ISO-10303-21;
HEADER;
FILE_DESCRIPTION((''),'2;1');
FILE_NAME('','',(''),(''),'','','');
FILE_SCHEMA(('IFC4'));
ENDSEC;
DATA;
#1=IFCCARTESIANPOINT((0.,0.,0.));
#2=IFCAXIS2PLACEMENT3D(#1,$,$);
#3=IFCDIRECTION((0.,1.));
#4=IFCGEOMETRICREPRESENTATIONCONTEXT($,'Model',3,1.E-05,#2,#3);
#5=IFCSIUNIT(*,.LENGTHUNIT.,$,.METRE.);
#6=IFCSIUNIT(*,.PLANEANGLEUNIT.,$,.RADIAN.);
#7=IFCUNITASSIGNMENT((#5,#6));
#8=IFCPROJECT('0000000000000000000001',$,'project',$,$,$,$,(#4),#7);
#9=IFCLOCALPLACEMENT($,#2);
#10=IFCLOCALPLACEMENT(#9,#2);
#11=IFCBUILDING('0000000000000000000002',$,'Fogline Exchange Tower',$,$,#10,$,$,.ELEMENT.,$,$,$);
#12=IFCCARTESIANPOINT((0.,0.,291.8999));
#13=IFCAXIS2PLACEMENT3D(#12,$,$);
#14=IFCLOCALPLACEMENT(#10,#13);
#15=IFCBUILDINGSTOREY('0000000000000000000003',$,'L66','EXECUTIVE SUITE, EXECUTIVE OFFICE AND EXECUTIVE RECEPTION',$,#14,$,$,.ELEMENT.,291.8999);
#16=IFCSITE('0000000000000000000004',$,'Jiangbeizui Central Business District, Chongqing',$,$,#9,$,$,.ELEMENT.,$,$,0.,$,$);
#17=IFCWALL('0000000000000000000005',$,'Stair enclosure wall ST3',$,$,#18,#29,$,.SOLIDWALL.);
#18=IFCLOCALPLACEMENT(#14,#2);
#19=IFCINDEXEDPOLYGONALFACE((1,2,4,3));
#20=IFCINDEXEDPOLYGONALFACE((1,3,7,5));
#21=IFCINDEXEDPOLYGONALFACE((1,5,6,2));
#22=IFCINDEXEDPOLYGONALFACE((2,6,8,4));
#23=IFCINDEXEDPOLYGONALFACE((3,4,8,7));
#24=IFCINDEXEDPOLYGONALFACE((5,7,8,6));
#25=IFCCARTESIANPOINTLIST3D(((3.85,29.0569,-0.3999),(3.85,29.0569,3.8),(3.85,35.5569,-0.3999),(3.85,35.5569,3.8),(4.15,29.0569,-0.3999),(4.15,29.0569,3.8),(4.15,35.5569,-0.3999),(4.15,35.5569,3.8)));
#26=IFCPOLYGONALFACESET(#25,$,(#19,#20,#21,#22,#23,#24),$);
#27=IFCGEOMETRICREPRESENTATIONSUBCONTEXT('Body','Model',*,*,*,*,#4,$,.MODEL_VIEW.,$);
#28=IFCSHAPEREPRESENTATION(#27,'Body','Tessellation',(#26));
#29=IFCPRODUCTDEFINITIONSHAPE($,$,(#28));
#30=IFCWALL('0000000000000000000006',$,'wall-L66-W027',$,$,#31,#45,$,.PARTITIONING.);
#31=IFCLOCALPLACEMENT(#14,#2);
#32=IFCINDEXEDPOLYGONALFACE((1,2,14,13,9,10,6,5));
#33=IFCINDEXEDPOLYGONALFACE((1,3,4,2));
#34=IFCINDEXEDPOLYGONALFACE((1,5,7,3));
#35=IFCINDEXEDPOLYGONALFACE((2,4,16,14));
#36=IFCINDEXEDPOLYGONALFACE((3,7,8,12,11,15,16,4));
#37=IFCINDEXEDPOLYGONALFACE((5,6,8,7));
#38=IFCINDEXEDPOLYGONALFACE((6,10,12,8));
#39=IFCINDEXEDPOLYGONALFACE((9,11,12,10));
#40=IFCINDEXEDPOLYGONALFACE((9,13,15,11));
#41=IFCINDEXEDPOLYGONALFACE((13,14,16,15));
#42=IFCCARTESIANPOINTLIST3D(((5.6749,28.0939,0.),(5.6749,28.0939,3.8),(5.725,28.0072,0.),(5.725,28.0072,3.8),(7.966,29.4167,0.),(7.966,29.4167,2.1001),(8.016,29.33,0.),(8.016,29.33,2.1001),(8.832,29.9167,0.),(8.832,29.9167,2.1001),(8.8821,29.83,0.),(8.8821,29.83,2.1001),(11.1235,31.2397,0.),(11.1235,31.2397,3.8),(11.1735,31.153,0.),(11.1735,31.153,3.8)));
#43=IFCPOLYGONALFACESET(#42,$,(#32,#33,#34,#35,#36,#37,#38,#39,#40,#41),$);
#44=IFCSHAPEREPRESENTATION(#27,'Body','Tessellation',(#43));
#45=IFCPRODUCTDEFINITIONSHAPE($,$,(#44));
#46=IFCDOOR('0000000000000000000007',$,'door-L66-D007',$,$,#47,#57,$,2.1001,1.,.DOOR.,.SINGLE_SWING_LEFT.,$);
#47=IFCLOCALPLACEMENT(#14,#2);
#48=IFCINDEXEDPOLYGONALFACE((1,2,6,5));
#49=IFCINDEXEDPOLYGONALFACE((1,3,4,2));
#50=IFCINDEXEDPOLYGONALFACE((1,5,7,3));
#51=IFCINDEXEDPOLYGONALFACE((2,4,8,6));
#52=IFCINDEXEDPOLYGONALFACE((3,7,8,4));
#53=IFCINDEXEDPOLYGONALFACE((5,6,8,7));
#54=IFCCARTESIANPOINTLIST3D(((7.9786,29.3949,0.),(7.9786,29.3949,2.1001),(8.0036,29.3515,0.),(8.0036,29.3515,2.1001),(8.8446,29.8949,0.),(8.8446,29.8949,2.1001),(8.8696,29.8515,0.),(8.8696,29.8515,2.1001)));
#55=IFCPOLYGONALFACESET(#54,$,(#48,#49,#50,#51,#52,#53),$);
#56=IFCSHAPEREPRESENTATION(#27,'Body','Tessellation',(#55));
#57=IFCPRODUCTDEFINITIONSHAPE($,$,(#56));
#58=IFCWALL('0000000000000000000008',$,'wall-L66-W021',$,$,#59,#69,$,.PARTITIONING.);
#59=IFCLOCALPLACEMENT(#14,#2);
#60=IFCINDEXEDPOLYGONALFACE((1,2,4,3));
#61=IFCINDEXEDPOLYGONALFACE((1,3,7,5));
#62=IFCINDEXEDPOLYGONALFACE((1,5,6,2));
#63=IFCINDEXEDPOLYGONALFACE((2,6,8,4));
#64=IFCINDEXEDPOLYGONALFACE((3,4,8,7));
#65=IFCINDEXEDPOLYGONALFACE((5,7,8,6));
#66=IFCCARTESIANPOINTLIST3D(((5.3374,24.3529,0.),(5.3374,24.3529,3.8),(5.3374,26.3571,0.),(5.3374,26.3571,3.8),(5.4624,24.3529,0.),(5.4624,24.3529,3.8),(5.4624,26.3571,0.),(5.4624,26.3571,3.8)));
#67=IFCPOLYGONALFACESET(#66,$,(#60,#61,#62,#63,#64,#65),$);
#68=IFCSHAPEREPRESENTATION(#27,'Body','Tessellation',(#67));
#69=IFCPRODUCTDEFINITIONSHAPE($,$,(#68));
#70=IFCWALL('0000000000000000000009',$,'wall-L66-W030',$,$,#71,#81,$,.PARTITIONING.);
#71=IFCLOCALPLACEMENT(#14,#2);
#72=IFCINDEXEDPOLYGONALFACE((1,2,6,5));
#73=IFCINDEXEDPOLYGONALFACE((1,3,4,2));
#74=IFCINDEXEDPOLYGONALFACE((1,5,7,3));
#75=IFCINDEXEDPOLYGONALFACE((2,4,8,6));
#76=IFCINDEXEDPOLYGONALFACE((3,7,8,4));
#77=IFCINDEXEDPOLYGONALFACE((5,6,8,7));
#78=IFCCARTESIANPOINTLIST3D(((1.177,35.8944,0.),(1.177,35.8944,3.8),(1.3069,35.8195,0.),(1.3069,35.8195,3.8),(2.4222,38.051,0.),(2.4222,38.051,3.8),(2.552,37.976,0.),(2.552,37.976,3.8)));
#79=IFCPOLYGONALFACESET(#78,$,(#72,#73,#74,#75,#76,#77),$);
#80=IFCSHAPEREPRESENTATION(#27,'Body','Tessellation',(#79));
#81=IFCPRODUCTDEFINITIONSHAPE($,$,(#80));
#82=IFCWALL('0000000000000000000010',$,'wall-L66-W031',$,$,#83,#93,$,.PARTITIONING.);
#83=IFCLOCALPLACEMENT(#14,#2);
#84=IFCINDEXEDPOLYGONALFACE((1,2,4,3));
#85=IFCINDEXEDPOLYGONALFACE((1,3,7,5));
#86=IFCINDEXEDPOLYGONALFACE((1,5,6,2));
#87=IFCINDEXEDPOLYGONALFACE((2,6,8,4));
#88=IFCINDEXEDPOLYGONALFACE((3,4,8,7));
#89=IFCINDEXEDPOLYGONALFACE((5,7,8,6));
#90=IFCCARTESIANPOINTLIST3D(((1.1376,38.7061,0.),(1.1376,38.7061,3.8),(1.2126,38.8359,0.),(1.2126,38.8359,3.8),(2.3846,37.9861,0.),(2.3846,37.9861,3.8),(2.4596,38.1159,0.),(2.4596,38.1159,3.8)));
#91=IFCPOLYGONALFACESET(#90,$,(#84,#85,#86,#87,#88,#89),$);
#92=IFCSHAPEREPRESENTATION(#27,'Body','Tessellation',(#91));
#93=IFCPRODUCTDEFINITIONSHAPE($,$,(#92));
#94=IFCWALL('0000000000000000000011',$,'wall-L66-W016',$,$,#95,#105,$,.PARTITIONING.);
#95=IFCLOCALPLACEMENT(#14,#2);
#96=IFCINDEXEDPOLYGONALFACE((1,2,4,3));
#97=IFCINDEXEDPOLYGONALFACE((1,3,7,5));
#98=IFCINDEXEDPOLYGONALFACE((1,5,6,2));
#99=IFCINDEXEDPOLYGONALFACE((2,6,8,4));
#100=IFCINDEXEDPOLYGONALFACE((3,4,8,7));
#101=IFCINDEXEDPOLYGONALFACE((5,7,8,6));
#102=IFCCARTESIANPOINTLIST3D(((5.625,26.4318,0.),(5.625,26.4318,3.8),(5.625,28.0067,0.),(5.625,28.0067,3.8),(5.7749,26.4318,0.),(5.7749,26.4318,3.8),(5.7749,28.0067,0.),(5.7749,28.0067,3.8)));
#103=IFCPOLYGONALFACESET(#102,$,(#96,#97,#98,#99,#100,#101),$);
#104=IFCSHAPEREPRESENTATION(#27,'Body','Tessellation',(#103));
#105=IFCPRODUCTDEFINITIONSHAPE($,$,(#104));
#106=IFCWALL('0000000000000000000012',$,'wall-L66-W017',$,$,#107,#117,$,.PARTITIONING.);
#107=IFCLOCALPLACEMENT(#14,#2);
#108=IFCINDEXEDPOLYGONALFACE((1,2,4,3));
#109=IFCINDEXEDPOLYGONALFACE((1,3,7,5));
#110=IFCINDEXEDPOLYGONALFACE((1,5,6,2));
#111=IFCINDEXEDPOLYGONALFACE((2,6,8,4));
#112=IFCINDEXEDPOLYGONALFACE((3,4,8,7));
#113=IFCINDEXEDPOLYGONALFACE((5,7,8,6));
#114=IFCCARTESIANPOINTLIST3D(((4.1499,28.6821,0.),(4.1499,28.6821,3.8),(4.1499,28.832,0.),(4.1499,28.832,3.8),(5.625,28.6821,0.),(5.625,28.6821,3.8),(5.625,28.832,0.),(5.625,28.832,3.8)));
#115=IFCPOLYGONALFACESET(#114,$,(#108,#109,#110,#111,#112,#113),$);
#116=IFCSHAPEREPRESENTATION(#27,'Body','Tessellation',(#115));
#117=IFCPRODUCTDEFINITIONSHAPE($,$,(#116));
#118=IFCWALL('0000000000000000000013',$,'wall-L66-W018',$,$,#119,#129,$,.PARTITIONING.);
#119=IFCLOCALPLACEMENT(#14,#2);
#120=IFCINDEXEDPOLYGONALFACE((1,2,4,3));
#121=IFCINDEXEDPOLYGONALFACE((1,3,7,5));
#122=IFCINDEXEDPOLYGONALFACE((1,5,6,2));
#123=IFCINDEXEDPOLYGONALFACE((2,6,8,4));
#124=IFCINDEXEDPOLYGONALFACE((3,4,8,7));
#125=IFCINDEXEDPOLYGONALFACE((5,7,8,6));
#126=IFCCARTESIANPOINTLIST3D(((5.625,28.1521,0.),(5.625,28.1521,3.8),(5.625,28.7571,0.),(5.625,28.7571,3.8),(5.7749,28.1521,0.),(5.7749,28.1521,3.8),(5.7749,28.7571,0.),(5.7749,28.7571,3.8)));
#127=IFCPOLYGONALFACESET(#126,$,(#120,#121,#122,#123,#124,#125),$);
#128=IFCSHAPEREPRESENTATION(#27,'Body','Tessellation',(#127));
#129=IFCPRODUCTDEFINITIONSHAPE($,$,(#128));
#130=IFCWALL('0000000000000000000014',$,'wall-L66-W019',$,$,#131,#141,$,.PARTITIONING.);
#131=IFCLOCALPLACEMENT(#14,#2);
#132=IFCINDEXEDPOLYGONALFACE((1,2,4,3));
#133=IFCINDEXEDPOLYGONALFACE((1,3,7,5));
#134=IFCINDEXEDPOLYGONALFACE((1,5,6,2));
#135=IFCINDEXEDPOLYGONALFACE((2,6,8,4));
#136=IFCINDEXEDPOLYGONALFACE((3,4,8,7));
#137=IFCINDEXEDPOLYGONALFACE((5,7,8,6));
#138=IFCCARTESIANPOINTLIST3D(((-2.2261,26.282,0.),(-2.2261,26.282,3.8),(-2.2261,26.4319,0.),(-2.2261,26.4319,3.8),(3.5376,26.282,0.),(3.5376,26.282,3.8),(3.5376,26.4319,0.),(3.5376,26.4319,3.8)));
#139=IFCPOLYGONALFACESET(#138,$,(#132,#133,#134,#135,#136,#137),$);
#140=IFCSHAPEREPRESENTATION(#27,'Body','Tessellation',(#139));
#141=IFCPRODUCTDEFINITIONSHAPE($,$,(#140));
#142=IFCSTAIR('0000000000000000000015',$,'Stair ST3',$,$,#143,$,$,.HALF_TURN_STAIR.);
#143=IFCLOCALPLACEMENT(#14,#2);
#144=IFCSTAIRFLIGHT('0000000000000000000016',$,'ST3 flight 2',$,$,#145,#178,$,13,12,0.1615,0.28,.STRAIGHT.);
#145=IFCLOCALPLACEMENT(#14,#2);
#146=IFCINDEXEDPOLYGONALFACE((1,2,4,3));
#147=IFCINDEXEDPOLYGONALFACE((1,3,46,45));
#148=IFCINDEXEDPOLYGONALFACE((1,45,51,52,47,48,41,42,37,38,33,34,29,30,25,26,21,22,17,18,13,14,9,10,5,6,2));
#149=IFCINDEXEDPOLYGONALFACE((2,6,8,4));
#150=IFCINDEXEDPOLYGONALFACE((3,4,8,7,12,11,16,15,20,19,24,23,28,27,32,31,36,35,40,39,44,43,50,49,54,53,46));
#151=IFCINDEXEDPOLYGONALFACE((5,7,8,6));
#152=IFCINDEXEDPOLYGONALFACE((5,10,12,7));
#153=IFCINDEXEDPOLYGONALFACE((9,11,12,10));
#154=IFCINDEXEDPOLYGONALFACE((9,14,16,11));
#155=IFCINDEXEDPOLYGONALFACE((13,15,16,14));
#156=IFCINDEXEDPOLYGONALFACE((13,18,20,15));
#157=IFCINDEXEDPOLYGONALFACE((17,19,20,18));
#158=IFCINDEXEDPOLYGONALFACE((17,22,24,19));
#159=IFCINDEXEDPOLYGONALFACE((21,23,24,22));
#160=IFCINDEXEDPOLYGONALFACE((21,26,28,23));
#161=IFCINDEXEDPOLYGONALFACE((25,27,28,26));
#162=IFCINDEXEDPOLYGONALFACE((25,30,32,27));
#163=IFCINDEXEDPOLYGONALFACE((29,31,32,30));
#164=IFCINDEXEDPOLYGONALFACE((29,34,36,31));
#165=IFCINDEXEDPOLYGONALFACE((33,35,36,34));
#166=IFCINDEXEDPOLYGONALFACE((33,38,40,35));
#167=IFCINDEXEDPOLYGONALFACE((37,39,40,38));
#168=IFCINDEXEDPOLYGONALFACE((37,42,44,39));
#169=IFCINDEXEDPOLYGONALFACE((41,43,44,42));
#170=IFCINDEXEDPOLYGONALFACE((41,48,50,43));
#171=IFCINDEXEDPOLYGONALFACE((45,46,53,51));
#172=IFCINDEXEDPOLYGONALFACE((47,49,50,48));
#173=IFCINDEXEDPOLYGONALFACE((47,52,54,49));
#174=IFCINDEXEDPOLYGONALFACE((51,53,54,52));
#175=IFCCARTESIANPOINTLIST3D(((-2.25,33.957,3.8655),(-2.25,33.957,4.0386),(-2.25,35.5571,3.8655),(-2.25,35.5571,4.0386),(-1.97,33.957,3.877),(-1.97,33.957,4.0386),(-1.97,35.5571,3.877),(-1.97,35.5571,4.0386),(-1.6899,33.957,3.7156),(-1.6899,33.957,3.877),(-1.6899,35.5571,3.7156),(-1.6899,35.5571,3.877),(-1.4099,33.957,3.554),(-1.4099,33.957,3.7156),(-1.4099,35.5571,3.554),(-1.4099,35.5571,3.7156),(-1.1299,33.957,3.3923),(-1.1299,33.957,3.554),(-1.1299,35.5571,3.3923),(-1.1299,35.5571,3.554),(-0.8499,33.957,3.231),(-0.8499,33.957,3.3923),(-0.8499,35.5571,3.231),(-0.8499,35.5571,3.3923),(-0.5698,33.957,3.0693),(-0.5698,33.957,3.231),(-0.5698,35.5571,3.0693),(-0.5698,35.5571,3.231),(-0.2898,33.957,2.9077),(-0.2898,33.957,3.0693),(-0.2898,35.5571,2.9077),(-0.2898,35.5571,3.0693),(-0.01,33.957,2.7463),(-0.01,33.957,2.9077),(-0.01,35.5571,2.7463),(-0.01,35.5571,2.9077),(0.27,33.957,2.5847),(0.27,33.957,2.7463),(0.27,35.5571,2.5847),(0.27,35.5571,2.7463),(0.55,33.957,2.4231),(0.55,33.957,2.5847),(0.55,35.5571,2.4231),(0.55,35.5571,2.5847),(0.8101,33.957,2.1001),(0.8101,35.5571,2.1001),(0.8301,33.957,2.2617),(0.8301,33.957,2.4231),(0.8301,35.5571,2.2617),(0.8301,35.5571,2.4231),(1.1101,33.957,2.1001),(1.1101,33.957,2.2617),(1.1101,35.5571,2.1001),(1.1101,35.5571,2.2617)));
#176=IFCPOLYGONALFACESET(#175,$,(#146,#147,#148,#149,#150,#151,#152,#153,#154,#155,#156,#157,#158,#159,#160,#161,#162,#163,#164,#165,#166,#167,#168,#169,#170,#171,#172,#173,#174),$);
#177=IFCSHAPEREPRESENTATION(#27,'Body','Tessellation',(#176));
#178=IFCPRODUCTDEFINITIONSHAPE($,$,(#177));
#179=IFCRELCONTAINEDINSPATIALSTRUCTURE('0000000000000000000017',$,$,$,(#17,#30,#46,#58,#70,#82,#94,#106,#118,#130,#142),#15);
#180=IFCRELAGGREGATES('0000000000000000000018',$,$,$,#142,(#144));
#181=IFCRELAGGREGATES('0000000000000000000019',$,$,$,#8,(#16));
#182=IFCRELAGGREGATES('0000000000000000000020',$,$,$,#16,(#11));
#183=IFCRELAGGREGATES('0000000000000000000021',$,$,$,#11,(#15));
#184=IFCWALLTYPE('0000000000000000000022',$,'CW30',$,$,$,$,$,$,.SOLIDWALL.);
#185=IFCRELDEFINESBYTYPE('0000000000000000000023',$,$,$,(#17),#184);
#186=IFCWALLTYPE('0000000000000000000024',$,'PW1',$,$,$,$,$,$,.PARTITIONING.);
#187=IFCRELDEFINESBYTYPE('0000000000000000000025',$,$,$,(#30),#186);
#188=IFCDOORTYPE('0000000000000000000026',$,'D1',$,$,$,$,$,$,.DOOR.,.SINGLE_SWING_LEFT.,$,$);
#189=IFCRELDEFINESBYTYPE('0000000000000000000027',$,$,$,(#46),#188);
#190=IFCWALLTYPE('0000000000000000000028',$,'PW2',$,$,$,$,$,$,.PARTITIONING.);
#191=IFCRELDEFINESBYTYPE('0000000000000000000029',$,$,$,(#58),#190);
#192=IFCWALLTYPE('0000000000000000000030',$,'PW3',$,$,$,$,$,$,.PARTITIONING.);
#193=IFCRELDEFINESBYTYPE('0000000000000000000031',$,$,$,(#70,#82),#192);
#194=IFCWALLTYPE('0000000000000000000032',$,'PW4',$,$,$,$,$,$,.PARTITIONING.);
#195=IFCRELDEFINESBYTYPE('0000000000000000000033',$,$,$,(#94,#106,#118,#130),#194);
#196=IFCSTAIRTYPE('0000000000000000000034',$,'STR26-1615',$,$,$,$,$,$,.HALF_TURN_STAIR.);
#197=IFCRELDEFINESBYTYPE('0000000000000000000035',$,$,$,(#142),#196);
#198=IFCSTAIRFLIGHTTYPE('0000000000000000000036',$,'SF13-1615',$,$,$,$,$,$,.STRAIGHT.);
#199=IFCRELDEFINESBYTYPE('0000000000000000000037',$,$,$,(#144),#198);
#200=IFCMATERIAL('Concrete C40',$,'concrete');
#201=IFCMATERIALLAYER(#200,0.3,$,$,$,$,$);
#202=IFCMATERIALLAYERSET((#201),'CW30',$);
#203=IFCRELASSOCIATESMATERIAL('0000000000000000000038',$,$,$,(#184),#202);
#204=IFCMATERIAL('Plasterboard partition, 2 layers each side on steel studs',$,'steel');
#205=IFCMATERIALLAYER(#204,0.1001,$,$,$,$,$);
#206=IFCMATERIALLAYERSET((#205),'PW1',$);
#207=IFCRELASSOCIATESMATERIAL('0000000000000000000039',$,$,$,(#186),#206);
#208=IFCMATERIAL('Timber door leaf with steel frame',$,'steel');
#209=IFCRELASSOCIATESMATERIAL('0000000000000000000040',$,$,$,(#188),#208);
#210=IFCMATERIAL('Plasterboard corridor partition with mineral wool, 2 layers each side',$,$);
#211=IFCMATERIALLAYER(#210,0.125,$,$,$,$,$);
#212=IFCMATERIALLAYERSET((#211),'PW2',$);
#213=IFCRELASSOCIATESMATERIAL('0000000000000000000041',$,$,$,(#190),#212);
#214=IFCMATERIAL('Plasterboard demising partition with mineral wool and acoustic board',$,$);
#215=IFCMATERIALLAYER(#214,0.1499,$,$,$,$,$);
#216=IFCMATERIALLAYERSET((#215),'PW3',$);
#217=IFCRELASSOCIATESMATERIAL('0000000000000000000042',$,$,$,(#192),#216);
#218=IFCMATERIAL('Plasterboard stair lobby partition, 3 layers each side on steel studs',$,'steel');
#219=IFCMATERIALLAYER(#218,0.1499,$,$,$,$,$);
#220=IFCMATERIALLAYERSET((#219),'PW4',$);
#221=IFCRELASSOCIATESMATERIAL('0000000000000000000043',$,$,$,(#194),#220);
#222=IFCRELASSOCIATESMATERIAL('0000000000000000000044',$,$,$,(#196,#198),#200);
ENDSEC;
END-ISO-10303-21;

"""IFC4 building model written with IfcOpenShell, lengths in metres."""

from ifc_helpers import new_model, si_unit, direction, frame, frame_2d, origin, place, context, subcontext, project, spatial, polyline, rectangle, outline, extrude, material, layer, layer_set, type_object, element, fill, aggregate, save


model = new_model("IFC4")

# Units and contexts
model_context = context("Model", 3, precision=1e-05, world=origin(), true_north=direction((0.0, 1.0)))
body_context = subcontext(model_context, "Body", "Model", "MODEL_VIEW")
ifc_project = project(units=[si_unit("LENGTHUNIT", "METRE"), si_unit("PLANEANGLEUNIT", "RADIAN")], contexts=[model_context])

# Site, building, storey
site_placement = place(None, origin())
site = spatial("IfcSite", under=ifc_project, at=site_placement, Name="Jiangbeizui Central Business District, Chongqing", CompositionType="ELEMENT", RefElevation=0.0)
building_placement = place(site_placement, origin())
building = spatial("IfcBuilding", under=site, at=building_placement, Name="Fogline Exchange Tower", CompositionType="ELEMENT")
storey_placement = place(building_placement, frame((0.0, 0.0, 291.8999)))
storey = spatial("IfcBuildingStorey", under=building, at=storey_placement, Name="L66", Description="EXECUTIVE SUITE, EXECUTIVE OFFICE AND EXECUTIVE RECEPTION", CompositionType="ELEMENT", Elevation=291.8999)

# Shared definitions
ifc_material_1 = material(Name="Concrete C40", Category="concrete")

# Wall
ifc_layer_1 = layer(ifc_material_1, 0.3)
ifc_layer_set_1 = layer_set([ifc_layer_1], Name="CW30")
wall_type_1 = type_object("IfcWallType", Name="CW30", PredefinedType="SOLIDWALL", material=ifc_layer_set_1)
wall_1_placement = place(storey_placement, frame((4.0, 29.0569, -0.3999), z_axis=(0.0, 0.0, 1.0), x_axis=(0.0, 1.0, 0.0)))
element("IfcWall", 1, at=wall_1_placement, inside=storey, type_object=wall_type_1, Name="Stair enclosure wall ST3", PredefinedType="SOLIDWALL", context=body_context, shape_type="SweptSolid", body=[
    extrude(rectangle(XDim=6.5, YDim=0.3, at=frame_2d((3.25, 0.0))), origin(), (0.0, 0.0, 1.0), 4.2),
])

# Wall, opening, door
ifc_material_2 = material(Name="Plasterboard partition, 2 layers each side on steel studs", Category="steel")
ifc_layer_2 = layer(ifc_material_2, 0.1001)
ifc_layer_set_2 = layer_set([ifc_layer_2], Name="PW1")
wall_type_2 = type_object("IfcWallType", Name="PW1", PredefinedType="PARTITIONING", material=ifc_layer_set_2)
wall_2_placement = place(storey_placement, frame((5.7, 28.0505, 0.0), z_axis=(0.0, 0.0, 1.0), x_axis=(0.866021, 0.500008, 0.0)))
wall_2 = element("IfcWall", 2, at=wall_2_placement, inside=storey, type_object=wall_type_2, Name="wall-L66-W027", PredefinedType="PARTITIONING", context=body_context, shape_type="SweptSolid", body=[
    extrude(rectangle(XDim=6.2915, YDim=0.1001, at=frame_2d((3.1458, 0.0))), origin(), (0.0, 0.0, 1.0), 3.8),
])
opening_1_placement = place(wall_2_placement, frame((2.6455, 0.0, 0.0)))
opening_1 = element("IfcOpeningElement", 3, at=opening_1_placement, cuts=wall_2, PredefinedType="OPENING", context=body_context, shape_type="SweptSolid", body=[
    extrude(rectangle(XDim=1.0, YDim=2.1001, at=frame_2d((0.5, 1.05))), frame((0.0, 0.0601, 0.0), z_axis=(0.0, -1.0, 0.0), x_axis=(1.0, 0.0, 0.0)), (0.0, 0.0, 1.0), 0.1201),
])
ifc_material_3 = material(Name="Timber door leaf with steel frame", Category="steel")
door_type_1 = type_object("IfcDoorType", Name="D1", OperationType="SINGLE_SWING_LEFT", PredefinedType="DOOR", material=ifc_material_3)
door_1_placement = place(opening_1_placement, origin())
door_1 = element("IfcDoor", 4, at=door_1_placement, inside=storey, type_object=door_type_1, Name="door-L66-D007", OperationType="SINGLE_SWING_LEFT", OverallHeight=2.1001, OverallWidth=1.0, PredefinedType="DOOR", context=body_context, shape_type="SweptSolid", body=[
    extrude(rectangle(XDim=1.0, YDim=2.1001, at=frame_2d((0.5, 1.05))), frame((0.0, 0.0249, 0.0), z_axis=(0.0, -1.0, 0.0), x_axis=(1.0, 0.0, 0.0)), (0.0, 0.0, 1.0), 0.05),
])
fill(opening_1, door_1)

# Walls
ifc_material_4 = material(Name="Plasterboard corridor partition with mineral wool, 2 layers each side")
ifc_layer_3 = layer(ifc_material_4, 0.125)
ifc_layer_set_3 = layer_set([ifc_layer_3], Name="PW2")
wall_type_3 = type_object("IfcWallType", Name="PW2", PredefinedType="PARTITIONING", material=ifc_layer_set_3)
wall_3_placement = place(storey_placement, frame((5.3999, 26.3569, 0.0), z_axis=(0.0, 0.0, 1.0), x_axis=(0.0, -1.0, 0.0)))
element("IfcWall", 5, at=wall_3_placement, inside=storey, type_object=wall_type_3, Name="wall-L66-W021", PredefinedType="PARTITIONING", context=body_context, shape_type="SweptSolid", body=[
    extrude(rectangle(XDim=2.0042, YDim=0.125, at=frame_2d((1.002, 0.0))), origin(), (0.0, 0.0, 1.0), 3.8),
])
ifc_material_5 = material(Name="Plasterboard demising partition with mineral wool and acoustic board")
ifc_layer_4 = layer(ifc_material_5, 0.1499)
ifc_layer_set_4 = layer_set([ifc_layer_4], Name="PW3")
wall_type_4 = type_object("IfcWallType", Name="PW3", PredefinedType="PARTITIONING", material=ifc_layer_set_4)
wall_4_placement = place(storey_placement, frame((1.2419, 35.8569, 0.0), z_axis=(0.0, 0.0, 1.0), x_axis=(0.500019, 0.866014, 0.0)))
element("IfcWall", 6, at=wall_4_placement, inside=storey, type_object=wall_type_4, Name="wall-L66-W030", PredefinedType="PARTITIONING", context=body_context, shape_type="SweptSolid", body=[
    extrude(rectangle(XDim=2.4902, YDim=0.1499, at=frame_2d((1.2451, 0.0))), origin(), (0.0, 0.0, 1.0), 3.8),
])
wall_5_placement = place(storey_placement, frame((2.4221, 38.051, 0.0), z_axis=(0.0, 0.0, 1.0), x_axis=(-0.866033, 0.499987, 0.0)))
element("IfcWall", 7, at=wall_5_placement, inside=storey, type_object=wall_type_4, Name="wall-L66-W031", PredefinedType="PARTITIONING", context=body_context, shape_type="SweptSolid", body=[
    extrude(rectangle(XDim=1.4399, YDim=0.1499, at=frame_2d((0.72, 0.0))), origin(), (0.0, 0.0, 1.0), 3.8),
])
ifc_material_6 = material(Name="Plasterboard stair lobby partition, 3 layers each side on steel studs", Category="steel")
ifc_layer_5 = layer(ifc_material_6, 0.1499)
ifc_layer_set_5 = layer_set([ifc_layer_5], Name="PW4")
wall_type_5 = type_object("IfcWallType", Name="PW4", PredefinedType="PARTITIONING", material=ifc_layer_set_5)
wall_6_placement = place(storey_placement, frame((5.7, 28.0068, 0.0), z_axis=(0.0, 0.0, 1.0), x_axis=(0.0, -1.0, 0.0)))
element("IfcWall", 8, at=wall_6_placement, inside=storey, type_object=wall_type_5, Name="wall-L66-W016", PredefinedType="PARTITIONING", context=body_context, shape_type="SweptSolid", body=[
    extrude(rectangle(XDim=1.575, YDim=0.1499, at=frame_2d((0.7876, 0.0))), origin(), (0.0, 0.0, 1.0), 3.8),
])
wall_7_placement = place(storey_placement, frame((4.1499, 28.7571, 0.0), z_axis=(0.0, 0.0, 1.0), x_axis=(1.0, 0.0, 0.0)))
element("IfcWall", 9, at=wall_7_placement, inside=storey, type_object=wall_type_5, Name="wall-L66-W017", PredefinedType="PARTITIONING", context=body_context, shape_type="SweptSolid", body=[
    extrude(rectangle(XDim=1.4751, YDim=0.1499, at=frame_2d((0.7375, 0.0))), origin(), (0.0, 0.0, 1.0), 3.8),
])
wall_8_placement = place(storey_placement, frame((5.7, 28.7571, 0.0), z_axis=(0.0, 0.0, 1.0), x_axis=(0.0, -1.0, 0.0)))
element("IfcWall", 10, at=wall_8_placement, inside=storey, type_object=wall_type_5, Name="wall-L66-W018", PredefinedType="PARTITIONING", context=body_context, shape_type="SweptSolid", body=[
    extrude(rectangle(XDim=0.605, YDim=0.1499, at=frame_2d((0.3025, 0.0))), origin(), (0.0, 0.0, 1.0), 3.8),
])
wall_9_placement = place(storey_placement, frame((3.5376, 26.3569, 0.0), z_axis=(0.0, 0.0, 1.0), x_axis=(-1.0, 0.0, 0.0)))
element("IfcWall", 11, at=wall_9_placement, inside=storey, type_object=wall_type_5, Name="wall-L66-W019", PredefinedType="PARTITIONING", context=body_context, shape_type="SweptSolid", body=[
    extrude(rectangle(XDim=5.7637, YDim=0.1499, at=frame_2d((2.8818, 0.0))), origin(), (0.0, 0.0, 1.0), 3.8),
])

# Stair, stair flight
stair_type = type_object("IfcStairType", Name="STR26-1615", PredefinedType="HALF_TURN_STAIR", material=ifc_material_1)
stair_placement = place(storey_placement, origin())
stair = element("IfcStair", 12, at=stair_placement, inside=storey, type_object=stair_type, Name="Stair ST3", PredefinedType="HALF_TURN_STAIR")
stair_flight_type = type_object("IfcStairFlightType", Name="SF13-1615", PredefinedType="STRAIGHT", material=ifc_material_1)
stair_flight_placement = place(storey_placement, frame((1.1101, 34.7571, 2.1001), z_axis=(0.0, 0.0, 1.0), x_axis=(-1.0, 0.0, 0.0)))
stair_flight = element("IfcStairFlight", 13, at=stair_flight_placement, type_object=stair_flight_type, Name="ST3 flight 2", NumberOfRisers=13, NumberOfTreads=12, PredefinedType="STRAIGHT", RiserHeight=0.1615, TreadLength=0.28, context=body_context, shape_type="SweptSolid", body=[
    extrude(outline(polyline([(0.0, 0.0), (0.0, 0.1616), (0.28, 0.1616), (0.28, 0.323), (0.5601, 0.323), (0.5601, 0.4846), (0.8401, 0.4846), (0.8401, 0.6462), (1.1201, 0.6462), (1.1201, 0.8076), (1.3999, 0.8076), (1.3999, 0.9692), (1.6799, 0.9692), (1.6799, 1.1309), (1.96, 1.1309), (1.96, 1.2922), (2.24, 1.2922), (2.24, 1.4539), (2.52, 1.4539), (2.52, 1.6155), (2.8, 1.6155), (2.8, 1.7769), (3.0801, 1.7769), (3.0801, 1.9385), (3.3601, 1.9385), (3.3601, 2.1001), (3.3601, 1.7654), (0.3, 0.0), (0.0, 0.0)])), frame((0.0, 0.8, 0.0), z_axis=(0.0, -1.0, 0.0), x_axis=(1.0, 0.0, 0.0)), (0.0, 0.0, 1.0), 1.6001),
])
aggregate(stair, [stair_flight])

save(model, "model.ifc")
